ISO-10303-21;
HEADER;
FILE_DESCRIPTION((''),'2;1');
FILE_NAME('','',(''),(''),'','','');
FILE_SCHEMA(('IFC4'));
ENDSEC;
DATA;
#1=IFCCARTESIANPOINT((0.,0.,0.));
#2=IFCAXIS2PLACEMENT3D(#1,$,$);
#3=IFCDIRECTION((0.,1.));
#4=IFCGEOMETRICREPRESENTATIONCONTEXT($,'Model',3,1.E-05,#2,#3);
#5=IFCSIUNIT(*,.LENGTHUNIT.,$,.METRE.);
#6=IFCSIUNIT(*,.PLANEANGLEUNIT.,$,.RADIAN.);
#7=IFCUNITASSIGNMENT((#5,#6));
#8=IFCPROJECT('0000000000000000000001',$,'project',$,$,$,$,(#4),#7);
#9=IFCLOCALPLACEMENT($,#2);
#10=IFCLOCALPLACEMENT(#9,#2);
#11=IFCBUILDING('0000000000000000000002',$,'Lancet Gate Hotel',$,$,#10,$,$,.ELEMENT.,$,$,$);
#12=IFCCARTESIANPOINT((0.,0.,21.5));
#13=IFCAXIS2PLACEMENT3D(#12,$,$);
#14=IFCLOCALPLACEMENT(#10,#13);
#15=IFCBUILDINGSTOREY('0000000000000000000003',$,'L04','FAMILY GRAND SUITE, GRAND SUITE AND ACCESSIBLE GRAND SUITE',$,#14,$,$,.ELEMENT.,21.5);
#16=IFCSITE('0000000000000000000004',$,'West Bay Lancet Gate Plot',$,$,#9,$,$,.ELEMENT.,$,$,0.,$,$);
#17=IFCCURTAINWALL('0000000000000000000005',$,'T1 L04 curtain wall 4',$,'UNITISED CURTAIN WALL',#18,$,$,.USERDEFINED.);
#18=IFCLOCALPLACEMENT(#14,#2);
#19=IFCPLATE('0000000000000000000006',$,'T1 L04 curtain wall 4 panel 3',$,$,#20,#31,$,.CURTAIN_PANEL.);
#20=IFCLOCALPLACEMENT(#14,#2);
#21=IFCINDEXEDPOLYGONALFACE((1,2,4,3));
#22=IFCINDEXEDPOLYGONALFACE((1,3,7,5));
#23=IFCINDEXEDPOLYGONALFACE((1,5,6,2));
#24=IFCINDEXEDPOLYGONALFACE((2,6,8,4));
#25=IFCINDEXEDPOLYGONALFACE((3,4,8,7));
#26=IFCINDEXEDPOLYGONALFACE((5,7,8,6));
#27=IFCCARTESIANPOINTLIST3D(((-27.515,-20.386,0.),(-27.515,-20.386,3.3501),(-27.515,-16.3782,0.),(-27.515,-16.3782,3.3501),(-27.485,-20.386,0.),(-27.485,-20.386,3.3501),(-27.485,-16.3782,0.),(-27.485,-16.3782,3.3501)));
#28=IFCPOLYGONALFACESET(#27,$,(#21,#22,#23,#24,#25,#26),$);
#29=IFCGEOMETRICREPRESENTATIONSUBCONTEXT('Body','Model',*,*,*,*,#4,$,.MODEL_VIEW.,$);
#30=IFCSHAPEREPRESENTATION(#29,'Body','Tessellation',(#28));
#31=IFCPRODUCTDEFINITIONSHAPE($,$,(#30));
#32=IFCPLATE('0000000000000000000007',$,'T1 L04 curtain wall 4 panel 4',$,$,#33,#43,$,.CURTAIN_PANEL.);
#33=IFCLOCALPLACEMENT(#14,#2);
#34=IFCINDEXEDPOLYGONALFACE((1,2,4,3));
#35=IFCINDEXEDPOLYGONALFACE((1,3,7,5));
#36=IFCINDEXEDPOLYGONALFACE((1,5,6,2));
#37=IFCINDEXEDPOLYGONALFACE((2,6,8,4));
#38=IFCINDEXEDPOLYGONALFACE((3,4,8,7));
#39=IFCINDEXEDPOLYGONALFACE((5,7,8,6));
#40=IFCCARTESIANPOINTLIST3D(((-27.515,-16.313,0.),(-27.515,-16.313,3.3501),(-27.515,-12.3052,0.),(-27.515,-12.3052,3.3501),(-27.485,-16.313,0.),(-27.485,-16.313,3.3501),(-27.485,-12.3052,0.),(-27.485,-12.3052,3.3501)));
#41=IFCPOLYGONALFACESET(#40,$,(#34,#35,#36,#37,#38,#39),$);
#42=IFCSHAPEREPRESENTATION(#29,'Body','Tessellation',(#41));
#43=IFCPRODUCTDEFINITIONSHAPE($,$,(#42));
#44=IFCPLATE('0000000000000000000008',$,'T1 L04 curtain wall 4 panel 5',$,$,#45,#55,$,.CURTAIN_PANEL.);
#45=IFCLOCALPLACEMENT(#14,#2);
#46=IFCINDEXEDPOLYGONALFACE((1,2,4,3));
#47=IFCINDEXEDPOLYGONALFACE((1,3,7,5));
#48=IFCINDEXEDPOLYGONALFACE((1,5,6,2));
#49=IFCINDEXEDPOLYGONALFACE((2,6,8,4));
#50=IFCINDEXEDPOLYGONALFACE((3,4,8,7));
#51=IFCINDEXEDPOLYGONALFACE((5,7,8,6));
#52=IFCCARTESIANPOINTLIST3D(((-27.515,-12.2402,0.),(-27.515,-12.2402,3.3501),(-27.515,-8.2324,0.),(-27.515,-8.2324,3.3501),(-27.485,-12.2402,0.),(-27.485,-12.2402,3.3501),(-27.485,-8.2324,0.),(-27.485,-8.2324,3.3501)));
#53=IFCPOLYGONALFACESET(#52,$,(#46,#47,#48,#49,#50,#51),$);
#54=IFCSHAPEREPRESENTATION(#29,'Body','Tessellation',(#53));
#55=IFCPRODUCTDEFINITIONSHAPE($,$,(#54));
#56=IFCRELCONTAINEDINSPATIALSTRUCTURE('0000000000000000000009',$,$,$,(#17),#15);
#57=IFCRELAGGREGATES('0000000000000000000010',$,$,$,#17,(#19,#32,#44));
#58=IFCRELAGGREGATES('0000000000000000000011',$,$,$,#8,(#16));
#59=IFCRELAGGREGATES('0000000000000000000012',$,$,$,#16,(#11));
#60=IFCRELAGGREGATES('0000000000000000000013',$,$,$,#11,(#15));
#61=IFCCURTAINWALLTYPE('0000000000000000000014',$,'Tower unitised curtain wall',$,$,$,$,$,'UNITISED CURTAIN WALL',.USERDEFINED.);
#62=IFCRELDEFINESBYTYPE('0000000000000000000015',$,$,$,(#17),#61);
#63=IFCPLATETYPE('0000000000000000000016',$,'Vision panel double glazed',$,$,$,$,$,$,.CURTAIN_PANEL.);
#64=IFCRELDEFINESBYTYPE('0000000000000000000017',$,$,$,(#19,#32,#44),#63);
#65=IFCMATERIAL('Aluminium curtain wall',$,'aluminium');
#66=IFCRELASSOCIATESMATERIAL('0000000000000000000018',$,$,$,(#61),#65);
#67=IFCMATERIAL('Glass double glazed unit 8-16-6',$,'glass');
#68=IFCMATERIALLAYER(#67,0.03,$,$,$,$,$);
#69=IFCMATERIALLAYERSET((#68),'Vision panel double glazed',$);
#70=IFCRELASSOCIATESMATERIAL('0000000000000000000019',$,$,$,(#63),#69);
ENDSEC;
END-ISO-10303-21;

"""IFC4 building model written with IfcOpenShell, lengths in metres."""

from ifc_helpers import new_model, si_unit, direction, frame, origin, origin_2d, place, context, subcontext, project, spatial, rectangle, extrude, material, layer, layer_set, type_object, element, aggregate, save


model = new_model("IFC4")

# Units and contexts
model_context = context("Model", 3, precision=1e-05, world=origin(), true_north=direction((0.0, 1.0)))
body_context = subcontext(model_context, "Body", "Model", "MODEL_VIEW")
ifc_project = project(units=[si_unit("LENGTHUNIT", "METRE"), si_unit("PLANEANGLEUNIT", "RADIAN")], contexts=[model_context])

# Site, building, storey
site_placement = place(None, origin())
site = spatial("IfcSite", under=ifc_project, at=site_placement, Name="West Bay Lancet Gate Plot", CompositionType="ELEMENT", RefElevation=0.0)
building_placement = place(site_placement, origin())
building = spatial("IfcBuilding", under=site, at=building_placement, Name="Lancet Gate Hotel", CompositionType="ELEMENT")
storey_placement = place(building_placement, frame((0.0, 0.0, 21.5)))
storey = spatial("IfcBuildingStorey", under=building, at=storey_placement, Name="L04", Description="FAMILY GRAND SUITE, GRAND SUITE AND ACCESSIBLE GRAND SUITE", CompositionType="ELEMENT", Elevation=21.5)

# Curtain wall
ifc_material_1 = material(Name="Aluminium curtain wall", Category="aluminium")
curtain_wall_type = type_object("IfcCurtainWallType", Name="Tower unitised curtain wall", ElementType="UNITISED CURTAIN WALL", PredefinedType="USERDEFINED", material=ifc_material_1)
curtain_wall_1_placement = place(storey_placement, origin())
curtain_wall_1 = element("IfcCurtainWall", 1, at=curtain_wall_1_placement, inside=storey, type_object=curtain_wall_type, Name="T1 L04 curtain wall 4", ObjectType="UNITISED CURTAIN WALL", PredefinedType="USERDEFINED")

# Plates
ifc_material_2 = material(Name="Glass double glazed unit 8-16-6", Category="glass")
ifc_layer = layer(ifc_material_2, 0.03)
ifc_layer_set = layer_set([ifc_layer], Name="Vision panel double glazed")
plate_type = type_object("IfcPlateType", Name="Vision panel double glazed", PredefinedType="CURTAIN_PANEL", material=ifc_layer_set)
plate_1_placement = place(storey_placement, frame((-27.5, -18.3821, 0.0), z_axis=(0.0, 0.0, 1.0), x_axis=(0.0, 1.0, 0.0)))
plate_1 = element("IfcPlate", 2, at=plate_1_placement, type_object=plate_type, Name="T1 L04 curtain wall 4 panel 3", PredefinedType="CURTAIN_PANEL", context=body_context, shape_type="SweptSolid", body=[
    extrude(rectangle(XDim=4.0078, YDim=0.03, at=origin_2d()), origin(), (0.0, 0.0, 1.0), 3.3501),
])
plate_2_placement = place(storey_placement, frame((-27.5, -14.3091, 0.0), z_axis=(0.0, 0.0, 1.0), x_axis=(0.0, 1.0, 0.0)))
plate_2 = element("IfcPlate", 3, at=plate_2_placement, type_object=plate_type, Name="T1 L04 curtain wall 4 panel 4", PredefinedType="CURTAIN_PANEL", context=body_context, shape_type="SweptSolid", body=[
    extrude(rectangle(XDim=4.0078, YDim=0.03, at=origin_2d()), origin(), (0.0, 0.0, 1.0), 3.3501),
])
plate_3_placement = place(storey_placement, frame((-27.5, -10.2363, 0.0), z_axis=(0.0, 0.0, 1.0), x_axis=(0.0, 1.0, 0.0)))
plate_3 = element("IfcPlate", 4, at=plate_3_placement, type_object=plate_type, Name="T1 L04 curtain wall 4 panel 5", PredefinedType="CURTAIN_PANEL", context=body_context, shape_type="SweptSolid", body=[
    extrude(rectangle(XDim=4.0078, YDim=0.03, at=origin_2d()), origin(), (0.0, 0.0, 1.0), 3.3501),
])
aggregate(curtain_wall_1, [plate_1, plate_2, plate_3])

save(model, "model.ifc")
